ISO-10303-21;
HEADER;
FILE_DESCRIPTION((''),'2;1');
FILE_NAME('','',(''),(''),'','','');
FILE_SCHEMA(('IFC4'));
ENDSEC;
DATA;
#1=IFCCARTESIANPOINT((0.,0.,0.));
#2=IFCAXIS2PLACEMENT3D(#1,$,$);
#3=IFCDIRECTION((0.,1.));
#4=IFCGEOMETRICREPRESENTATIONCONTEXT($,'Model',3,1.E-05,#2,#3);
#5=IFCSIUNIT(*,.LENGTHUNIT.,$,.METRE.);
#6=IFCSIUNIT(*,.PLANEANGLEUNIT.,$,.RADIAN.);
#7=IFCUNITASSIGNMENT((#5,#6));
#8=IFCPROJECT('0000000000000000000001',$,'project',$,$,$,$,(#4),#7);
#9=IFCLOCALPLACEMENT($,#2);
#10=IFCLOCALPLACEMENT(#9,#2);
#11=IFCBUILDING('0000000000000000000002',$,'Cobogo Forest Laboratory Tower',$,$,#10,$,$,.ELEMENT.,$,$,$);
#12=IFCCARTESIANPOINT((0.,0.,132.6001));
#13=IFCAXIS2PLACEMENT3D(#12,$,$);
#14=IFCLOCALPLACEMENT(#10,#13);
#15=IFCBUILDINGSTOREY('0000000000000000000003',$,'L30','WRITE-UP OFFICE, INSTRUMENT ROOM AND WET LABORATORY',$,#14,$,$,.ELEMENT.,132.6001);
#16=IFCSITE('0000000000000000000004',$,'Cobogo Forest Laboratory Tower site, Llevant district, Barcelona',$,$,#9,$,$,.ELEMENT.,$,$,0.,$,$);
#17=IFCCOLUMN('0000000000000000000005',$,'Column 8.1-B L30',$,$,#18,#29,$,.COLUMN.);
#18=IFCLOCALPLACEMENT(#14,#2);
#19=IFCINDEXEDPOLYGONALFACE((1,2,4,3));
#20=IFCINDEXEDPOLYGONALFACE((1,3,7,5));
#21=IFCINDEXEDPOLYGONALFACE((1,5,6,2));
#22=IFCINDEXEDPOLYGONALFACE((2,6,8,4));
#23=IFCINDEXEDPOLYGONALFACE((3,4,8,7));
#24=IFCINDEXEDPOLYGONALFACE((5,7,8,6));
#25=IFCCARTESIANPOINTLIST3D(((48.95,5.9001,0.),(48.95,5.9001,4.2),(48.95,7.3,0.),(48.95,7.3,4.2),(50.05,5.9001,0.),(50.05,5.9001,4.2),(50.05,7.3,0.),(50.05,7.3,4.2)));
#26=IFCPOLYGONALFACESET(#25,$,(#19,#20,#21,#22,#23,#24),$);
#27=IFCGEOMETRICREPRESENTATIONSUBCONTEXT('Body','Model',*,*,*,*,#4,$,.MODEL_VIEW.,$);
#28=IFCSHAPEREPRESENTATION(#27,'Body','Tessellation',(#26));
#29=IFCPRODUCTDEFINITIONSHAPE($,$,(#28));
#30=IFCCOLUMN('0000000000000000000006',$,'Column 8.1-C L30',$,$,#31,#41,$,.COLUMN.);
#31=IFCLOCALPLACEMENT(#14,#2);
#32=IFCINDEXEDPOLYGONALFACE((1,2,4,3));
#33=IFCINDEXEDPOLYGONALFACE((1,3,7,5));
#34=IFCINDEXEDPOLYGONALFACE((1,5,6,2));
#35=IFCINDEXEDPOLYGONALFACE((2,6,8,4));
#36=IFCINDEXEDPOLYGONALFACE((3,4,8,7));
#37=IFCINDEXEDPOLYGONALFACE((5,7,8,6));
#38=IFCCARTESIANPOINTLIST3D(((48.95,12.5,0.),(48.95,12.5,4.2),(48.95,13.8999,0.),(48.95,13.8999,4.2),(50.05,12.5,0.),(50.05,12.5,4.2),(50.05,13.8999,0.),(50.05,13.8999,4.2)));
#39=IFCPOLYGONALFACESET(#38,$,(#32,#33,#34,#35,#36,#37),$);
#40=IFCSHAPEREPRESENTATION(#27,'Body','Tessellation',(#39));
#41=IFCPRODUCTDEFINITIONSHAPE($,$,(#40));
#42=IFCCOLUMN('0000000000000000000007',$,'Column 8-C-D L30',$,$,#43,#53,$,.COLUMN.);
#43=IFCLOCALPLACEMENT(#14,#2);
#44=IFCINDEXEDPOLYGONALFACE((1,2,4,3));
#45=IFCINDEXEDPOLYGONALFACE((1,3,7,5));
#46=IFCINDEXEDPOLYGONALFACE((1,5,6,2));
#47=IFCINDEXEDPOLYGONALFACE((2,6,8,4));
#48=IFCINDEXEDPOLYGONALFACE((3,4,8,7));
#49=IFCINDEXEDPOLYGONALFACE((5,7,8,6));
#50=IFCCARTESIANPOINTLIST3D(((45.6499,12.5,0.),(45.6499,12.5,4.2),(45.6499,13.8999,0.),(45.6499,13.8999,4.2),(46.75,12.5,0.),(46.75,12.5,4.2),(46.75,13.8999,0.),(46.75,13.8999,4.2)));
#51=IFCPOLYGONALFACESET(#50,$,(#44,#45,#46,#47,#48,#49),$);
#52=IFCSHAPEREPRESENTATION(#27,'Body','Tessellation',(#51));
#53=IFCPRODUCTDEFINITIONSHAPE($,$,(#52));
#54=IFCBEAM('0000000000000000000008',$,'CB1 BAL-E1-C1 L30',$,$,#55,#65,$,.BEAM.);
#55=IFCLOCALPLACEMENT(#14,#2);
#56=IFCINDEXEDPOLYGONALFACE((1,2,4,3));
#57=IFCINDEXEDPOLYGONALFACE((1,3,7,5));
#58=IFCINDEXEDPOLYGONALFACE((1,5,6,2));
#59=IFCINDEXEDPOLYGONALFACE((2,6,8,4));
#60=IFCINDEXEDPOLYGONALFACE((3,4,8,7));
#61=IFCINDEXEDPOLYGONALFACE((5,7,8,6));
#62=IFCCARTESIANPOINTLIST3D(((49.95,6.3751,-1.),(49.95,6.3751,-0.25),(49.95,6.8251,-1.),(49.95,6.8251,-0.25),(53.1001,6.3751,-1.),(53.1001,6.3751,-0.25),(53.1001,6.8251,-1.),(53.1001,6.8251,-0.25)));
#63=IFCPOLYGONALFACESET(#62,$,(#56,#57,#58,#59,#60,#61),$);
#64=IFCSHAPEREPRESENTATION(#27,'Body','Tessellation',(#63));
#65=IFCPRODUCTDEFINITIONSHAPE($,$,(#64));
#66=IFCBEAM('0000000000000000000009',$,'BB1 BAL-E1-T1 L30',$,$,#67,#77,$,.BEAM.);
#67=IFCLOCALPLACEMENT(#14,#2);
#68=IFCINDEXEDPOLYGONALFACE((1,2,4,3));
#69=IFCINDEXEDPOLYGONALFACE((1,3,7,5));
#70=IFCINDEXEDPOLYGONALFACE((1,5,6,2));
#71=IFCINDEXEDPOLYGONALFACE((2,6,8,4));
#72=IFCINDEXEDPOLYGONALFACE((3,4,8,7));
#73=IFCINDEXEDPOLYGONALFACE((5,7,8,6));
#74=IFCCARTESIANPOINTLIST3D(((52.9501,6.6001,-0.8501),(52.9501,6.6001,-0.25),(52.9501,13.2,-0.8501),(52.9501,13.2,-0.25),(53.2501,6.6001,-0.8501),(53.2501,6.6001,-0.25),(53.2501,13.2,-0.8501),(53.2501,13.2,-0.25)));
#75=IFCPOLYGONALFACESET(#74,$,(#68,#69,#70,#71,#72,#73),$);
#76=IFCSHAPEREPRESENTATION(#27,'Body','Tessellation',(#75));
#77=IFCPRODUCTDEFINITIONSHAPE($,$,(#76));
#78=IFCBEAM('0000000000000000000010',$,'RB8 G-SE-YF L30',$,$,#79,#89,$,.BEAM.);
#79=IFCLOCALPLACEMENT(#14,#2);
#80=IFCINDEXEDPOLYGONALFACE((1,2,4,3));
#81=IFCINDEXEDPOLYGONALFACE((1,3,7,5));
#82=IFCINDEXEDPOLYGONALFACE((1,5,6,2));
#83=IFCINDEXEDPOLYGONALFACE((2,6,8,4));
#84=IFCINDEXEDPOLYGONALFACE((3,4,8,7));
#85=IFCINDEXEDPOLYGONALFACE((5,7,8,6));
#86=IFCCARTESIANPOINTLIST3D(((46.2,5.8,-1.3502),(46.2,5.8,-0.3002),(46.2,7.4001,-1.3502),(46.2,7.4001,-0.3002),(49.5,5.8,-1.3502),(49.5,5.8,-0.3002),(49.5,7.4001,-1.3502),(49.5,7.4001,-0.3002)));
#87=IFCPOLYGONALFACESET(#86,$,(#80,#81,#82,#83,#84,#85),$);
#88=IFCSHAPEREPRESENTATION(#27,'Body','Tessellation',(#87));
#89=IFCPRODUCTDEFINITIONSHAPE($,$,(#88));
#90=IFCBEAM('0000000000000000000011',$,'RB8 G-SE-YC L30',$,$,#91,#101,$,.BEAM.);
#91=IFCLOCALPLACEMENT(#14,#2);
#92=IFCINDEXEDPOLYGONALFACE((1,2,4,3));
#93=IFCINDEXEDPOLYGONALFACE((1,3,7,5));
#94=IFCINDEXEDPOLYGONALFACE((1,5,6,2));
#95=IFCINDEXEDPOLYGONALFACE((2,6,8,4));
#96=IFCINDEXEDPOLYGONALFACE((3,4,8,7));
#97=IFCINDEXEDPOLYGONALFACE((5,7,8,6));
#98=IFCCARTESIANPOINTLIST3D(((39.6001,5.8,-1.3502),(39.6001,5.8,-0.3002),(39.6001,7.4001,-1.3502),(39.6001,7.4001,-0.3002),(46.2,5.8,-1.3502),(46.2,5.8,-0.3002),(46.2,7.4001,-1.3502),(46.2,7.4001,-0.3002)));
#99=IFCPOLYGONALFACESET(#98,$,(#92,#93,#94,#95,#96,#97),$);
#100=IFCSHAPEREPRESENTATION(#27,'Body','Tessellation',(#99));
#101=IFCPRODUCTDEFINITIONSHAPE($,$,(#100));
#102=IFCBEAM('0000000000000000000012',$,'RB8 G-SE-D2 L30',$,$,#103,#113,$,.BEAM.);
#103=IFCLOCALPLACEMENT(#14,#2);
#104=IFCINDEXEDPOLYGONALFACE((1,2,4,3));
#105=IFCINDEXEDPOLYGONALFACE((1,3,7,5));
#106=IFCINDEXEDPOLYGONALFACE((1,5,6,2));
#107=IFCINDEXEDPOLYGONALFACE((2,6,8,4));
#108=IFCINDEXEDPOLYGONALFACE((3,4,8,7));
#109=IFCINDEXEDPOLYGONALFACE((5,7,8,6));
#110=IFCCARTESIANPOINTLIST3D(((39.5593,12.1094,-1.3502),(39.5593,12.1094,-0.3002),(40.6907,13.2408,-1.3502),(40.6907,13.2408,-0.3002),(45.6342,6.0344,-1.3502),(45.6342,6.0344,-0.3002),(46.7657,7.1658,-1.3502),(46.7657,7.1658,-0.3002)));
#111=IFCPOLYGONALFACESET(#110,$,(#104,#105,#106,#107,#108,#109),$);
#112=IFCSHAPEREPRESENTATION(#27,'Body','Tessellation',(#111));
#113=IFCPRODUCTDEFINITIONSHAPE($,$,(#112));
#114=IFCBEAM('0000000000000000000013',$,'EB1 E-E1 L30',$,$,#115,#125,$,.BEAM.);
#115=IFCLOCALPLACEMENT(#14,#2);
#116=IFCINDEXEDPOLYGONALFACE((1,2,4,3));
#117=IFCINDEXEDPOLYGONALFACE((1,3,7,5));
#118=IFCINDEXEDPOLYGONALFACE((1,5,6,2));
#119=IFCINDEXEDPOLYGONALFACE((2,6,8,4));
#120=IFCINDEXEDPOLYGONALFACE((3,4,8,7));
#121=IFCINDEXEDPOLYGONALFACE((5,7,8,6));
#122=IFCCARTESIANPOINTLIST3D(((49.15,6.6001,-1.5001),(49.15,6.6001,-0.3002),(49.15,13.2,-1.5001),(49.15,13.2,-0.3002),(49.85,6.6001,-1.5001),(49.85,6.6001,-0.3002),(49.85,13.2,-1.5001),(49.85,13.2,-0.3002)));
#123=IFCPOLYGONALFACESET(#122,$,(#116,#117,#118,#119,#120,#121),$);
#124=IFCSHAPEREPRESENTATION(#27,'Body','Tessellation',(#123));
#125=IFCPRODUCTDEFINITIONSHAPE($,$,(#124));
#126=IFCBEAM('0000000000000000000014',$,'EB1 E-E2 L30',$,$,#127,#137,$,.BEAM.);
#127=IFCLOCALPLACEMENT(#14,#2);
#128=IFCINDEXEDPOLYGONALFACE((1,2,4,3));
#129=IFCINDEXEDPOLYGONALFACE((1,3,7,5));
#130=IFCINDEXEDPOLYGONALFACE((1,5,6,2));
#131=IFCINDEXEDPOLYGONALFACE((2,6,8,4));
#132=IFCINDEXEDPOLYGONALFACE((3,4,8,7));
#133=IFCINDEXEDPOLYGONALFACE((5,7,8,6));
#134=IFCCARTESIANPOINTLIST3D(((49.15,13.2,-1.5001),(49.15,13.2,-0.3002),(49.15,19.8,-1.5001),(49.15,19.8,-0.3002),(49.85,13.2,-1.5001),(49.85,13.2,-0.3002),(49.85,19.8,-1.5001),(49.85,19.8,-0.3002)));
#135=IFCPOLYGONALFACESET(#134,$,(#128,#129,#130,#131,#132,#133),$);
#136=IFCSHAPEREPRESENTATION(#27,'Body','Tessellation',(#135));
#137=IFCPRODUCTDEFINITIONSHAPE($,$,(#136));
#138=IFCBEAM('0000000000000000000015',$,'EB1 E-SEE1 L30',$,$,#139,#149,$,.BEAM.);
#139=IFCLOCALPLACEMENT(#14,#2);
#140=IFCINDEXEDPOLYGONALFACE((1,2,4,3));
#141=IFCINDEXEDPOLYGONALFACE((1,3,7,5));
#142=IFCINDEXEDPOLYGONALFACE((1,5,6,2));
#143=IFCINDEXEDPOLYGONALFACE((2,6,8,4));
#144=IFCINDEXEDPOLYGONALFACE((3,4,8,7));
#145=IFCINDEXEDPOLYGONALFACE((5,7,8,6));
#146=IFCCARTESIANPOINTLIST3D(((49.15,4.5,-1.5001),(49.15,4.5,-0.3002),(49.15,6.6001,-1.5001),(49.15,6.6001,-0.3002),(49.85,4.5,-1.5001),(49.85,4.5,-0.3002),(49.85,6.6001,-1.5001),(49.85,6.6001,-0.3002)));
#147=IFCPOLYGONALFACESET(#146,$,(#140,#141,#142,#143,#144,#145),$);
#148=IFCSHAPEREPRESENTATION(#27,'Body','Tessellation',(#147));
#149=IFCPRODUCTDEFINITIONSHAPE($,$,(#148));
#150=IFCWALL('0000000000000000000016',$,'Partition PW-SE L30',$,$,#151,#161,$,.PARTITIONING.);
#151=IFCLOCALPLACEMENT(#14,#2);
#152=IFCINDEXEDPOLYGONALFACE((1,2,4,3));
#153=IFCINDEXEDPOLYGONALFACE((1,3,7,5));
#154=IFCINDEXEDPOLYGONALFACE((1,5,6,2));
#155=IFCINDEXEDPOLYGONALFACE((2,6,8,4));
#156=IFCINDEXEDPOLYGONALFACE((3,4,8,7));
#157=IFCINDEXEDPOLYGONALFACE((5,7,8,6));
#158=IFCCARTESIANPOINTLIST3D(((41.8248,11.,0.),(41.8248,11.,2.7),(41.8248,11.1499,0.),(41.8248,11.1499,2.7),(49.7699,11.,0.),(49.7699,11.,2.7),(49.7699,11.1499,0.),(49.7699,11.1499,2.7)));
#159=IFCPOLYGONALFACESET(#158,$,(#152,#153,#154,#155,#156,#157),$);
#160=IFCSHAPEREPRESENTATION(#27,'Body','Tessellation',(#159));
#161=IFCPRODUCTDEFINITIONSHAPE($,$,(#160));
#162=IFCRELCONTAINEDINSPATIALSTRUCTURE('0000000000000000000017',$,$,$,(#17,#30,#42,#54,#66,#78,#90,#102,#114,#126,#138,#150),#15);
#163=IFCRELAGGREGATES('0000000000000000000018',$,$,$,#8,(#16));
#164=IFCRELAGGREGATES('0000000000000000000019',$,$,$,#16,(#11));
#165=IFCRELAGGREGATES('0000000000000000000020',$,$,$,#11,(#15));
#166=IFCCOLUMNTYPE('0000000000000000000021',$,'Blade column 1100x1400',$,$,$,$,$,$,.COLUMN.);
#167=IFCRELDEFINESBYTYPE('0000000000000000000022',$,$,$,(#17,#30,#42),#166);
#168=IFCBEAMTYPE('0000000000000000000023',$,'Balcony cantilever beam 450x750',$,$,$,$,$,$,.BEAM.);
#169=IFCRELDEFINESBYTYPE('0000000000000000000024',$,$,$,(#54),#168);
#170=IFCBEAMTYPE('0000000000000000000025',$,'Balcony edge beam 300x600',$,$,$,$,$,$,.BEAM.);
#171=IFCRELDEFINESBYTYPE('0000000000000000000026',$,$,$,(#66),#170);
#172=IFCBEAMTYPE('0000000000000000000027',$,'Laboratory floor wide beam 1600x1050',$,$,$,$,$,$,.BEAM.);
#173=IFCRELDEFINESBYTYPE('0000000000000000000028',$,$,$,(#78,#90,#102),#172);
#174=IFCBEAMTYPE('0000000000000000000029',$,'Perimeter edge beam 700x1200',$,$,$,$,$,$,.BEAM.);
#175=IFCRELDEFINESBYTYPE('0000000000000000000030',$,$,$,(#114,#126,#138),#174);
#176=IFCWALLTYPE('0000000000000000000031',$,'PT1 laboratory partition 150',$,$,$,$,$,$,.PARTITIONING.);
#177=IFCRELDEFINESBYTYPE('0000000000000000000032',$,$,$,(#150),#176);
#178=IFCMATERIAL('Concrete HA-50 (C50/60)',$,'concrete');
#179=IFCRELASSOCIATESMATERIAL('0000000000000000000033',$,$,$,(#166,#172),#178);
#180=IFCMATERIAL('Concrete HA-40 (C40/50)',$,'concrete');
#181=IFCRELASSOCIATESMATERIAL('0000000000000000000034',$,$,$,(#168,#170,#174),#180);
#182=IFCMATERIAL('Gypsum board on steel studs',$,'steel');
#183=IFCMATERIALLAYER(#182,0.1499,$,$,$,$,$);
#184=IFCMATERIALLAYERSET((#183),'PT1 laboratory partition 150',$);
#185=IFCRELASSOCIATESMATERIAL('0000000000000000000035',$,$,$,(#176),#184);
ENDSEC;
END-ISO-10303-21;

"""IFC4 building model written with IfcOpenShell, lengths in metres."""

from ifc_helpers import new_model, si_unit, direction, frame, frame_2d, origin, origin_2d, place, context, subcontext, project, spatial, rectangle, extrude, material, layer, layer_set, material_profile, profile_set, type_object, element, save


model = new_model("IFC4")

# Units and contexts
model_context = context("Model", 3, precision=1e-05, world=origin(), true_north=direction((0.0, 1.0)))
body_context = subcontext(model_context, "Body", "Model", "MODEL_VIEW")
ifc_project = project(units=[si_unit("LENGTHUNIT", "METRE"), si_unit("PLANEANGLEUNIT", "RADIAN")], contexts=[model_context])

# Site, building, storey
site_placement = place(None, origin())
site = spatial("IfcSite", under=ifc_project, at=site_placement, Name="Cobogo Forest Laboratory Tower site, Llevant district, Barcelona", CompositionType="ELEMENT", RefElevation=0.0)
building_placement = place(site_placement, origin())
building = spatial("IfcBuilding", under=site, at=building_placement, Name="Cobogo Forest Laboratory Tower", CompositionType="ELEMENT")
storey_placement = place(building_placement, frame((0.0, 0.0, 132.6001)))
storey = spatial("IfcBuildingStorey", under=building, at=storey_placement, Name="L30", Description="WRITE-UP OFFICE, INSTRUMENT ROOM AND WET LABORATORY", CompositionType="ELEMENT", Elevation=132.6001)

# Columns
ifc_material_1 = material(Name="Concrete HA-50 (C50/60)", Category="concrete")
ifc_material_profile_1 = material_profile(ifc_material_1, rectangle(XDim=1.3999, YDim=1.1001, at=origin_2d()), Name="RC 1100x1400")
ifc_profile_set_1 = profile_set([ifc_material_profile_1], Name="Concrete HA-50 (C50/60)")
column_type = type_object("IfcColumnType", Name="Blade column 1100x1400", PredefinedType="COLUMN", material=ifc_profile_set_1)
for number, where, z_axis, x_axis, name in (
    (1, (49.5, 6.6001, 0.0), (0.0, 0.0, 1.0), (0.0, 1.0, 0.0), "Column 8.1-B L30"),
    (2, (49.5, 13.2, 0.0), (0.0, 0.0, 1.0), (0.0, 1.0, 0.0), "Column 8.1-C L30"),
    (3, (46.2, 13.2, 0.0), (0.0, 0.0, 1.0), (0.0, 1.0, 0.0), "Column 8-C-D L30"),
):
    element("IfcColumn", number, at=place(storey_placement, frame(where, z_axis=z_axis, x_axis=x_axis)), inside=storey, type_object=column_type, Name=name, PredefinedType="COLUMN", context=body_context, shape_type="SweptSolid", body=[
        extrude(rectangle(XDim=1.3999, YDim=1.1001, at=origin_2d()), origin(), (0.0, 0.0, 1.0), 4.2),
    ])

# Beams
ifc_material_2 = material(Name="Concrete HA-40 (C40/50)", Category="concrete")
ifc_material_profile_2 = material_profile(ifc_material_2, rectangle(XDim=0.45, YDim=0.75, at=origin_2d()), Name="RC 450x750")
ifc_profile_set_2 = profile_set([ifc_material_profile_2], Name="Concrete HA-40 (C40/50)")
beam_type_1 = type_object("IfcBeamType", Name="Balcony cantilever beam 450x750", PredefinedType="BEAM", material=ifc_profile_set_2)
beam_1_placement = place(storey_placement, frame((49.95, 6.6001, -0.625), z_axis=(1.0, 0.0, 0.0), x_axis=(0.0, 1.0, 0.0)))
element("IfcBeam", 4, at=beam_1_placement, inside=storey, type_object=beam_type_1, Name="CB1 BAL-E1-C1 L30", PredefinedType="BEAM", context=body_context, shape_type="SweptSolid", body=[
    extrude(rectangle(XDim=0.45, YDim=0.75, at=origin_2d()), origin(), (0.0, 0.0, 1.0), 3.1501),
])
ifc_material_profile_3 = material_profile(ifc_material_2, rectangle(XDim=0.3, YDim=0.6001, at=origin_2d()), Name="RC 300x600")
ifc_profile_set_3 = profile_set([ifc_material_profile_3], Name="Concrete HA-40 (C40/50)")
beam_type_2 = type_object("IfcBeamType", Name="Balcony edge beam 300x600", PredefinedType="BEAM", material=ifc_profile_set_3)
beam_2_placement = place(storey_placement, frame((53.1001, 6.6001, -0.55), z_axis=(0.0, 1.0, 0.0), x_axis=(-1.0, 0.0, 0.0)))
element("IfcBeam", 5, at=beam_2_placement, inside=storey, type_object=beam_type_2, Name="BB1 BAL-E1-T1 L30", PredefinedType="BEAM", context=body_context, shape_type="SweptSolid", body=[
    extrude(rectangle(XDim=0.3, YDim=0.6001, at=origin_2d()), origin(), (0.0, 0.0, 1.0), 6.5999),
])
ifc_material_profile_4 = material_profile(ifc_material_1, rectangle(XDim=1.6001, YDim=1.05, at=origin_2d()), Name="RC 1600x1050")
ifc_profile_set_4 = profile_set([ifc_material_profile_4], Name="Concrete HA-50 (C50/60)")
beam_type_3 = type_object("IfcBeamType", Name="Laboratory floor wide beam 1600x1050", PredefinedType="BEAM", material=ifc_profile_set_4)
beam_3_placement = place(storey_placement, frame((49.5, 6.6001, -0.8252), z_axis=(-1.0, 0.0, 0.0), x_axis=(0.0, -1.0, 0.0)))
element("IfcBeam", 6, at=beam_3_placement, inside=storey, type_object=beam_type_3, Name="RB8 G-SE-YF L30", PredefinedType="BEAM", context=body_context, shape_type="SweptSolid", body=[
    extrude(rectangle(XDim=1.6001, YDim=1.05, at=origin_2d()), origin(), (0.0, 0.0, 1.0), 3.3),
])
beam_4_placement = place(storey_placement, frame((46.2, 6.6001, -0.8252), z_axis=(-1.0, 0.0, 0.0), x_axis=(0.0, -1.0, 0.0)))
element("IfcBeam", 7, at=beam_4_placement, inside=storey, type_object=beam_type_3, Name="RB8 G-SE-YC L30", PredefinedType="BEAM", context=body_context, shape_type="SweptSolid", body=[
    extrude(rectangle(XDim=1.6001, YDim=1.05, at=origin_2d()), origin(), (0.0, 0.0, 1.0), 6.5999),
])
beam_5_placement = place(storey_placement, frame((46.2, 6.6001, -0.8252), z_axis=(-0.707107, 0.707107, 0.0), x_axis=(-0.707107, -0.707107, 0.0)))
element("IfcBeam", 8, at=beam_5_placement, inside=storey, type_object=beam_type_3, Name="RB8 G-SE-D2 L30", PredefinedType="BEAM", context=body_context, shape_type="SweptSolid", body=[
    extrude(rectangle(XDim=1.6001, YDim=1.05, at=origin_2d()), origin(), (0.0, 0.0, 1.0), 8.5913),
])
ifc_material_profile_5 = material_profile(ifc_material_2, rectangle(XDim=0.7, YDim=1.2, at=origin_2d()), Name="RC 700x1200")
ifc_profile_set_5 = profile_set([ifc_material_profile_5], Name="Concrete HA-40 (C40/50)")
beam_type_4 = type_object("IfcBeamType", Name="Perimeter edge beam 700x1200", PredefinedType="BEAM", material=ifc_profile_set_5)
beam_6_placement = place(storey_placement, frame((49.5, 6.6001, -0.9001), z_axis=(0.0, 1.0, 0.0), x_axis=(-1.0, 0.0, 0.0)))
element("IfcBeam", 9, at=beam_6_placement, inside=storey, type_object=beam_type_4, Name="EB1 E-E1 L30", PredefinedType="BEAM", context=body_context, shape_type="SweptSolid", body=[
    extrude(rectangle(XDim=0.7, YDim=1.2, at=origin_2d()), origin(), (0.0, 0.0, 1.0), 6.5999),
])
beam_7_placement = place(storey_placement, frame((49.5, 13.2, -0.9001), z_axis=(0.0, 1.0, 0.0), x_axis=(-1.0, 0.0, 0.0)))
element("IfcBeam", 10, at=beam_7_placement, inside=storey, type_object=beam_type_4, Name="EB1 E-E2 L30", PredefinedType="BEAM", context=body_context, shape_type="SweptSolid", body=[
    extrude(rectangle(XDim=0.7, YDim=1.2, at=origin_2d()), origin(), (0.0, 0.0, 1.0), 6.6001),
])
beam_8_placement = place(storey_placement, frame((49.5, 6.6001, -0.9001), z_axis=(0.0, -1.0, 0.0), x_axis=(1.0, 0.0, 0.0)))
element("IfcBeam", 11, at=beam_8_placement, inside=storey, type_object=beam_type_4, Name="EB1 E-SEE1 L30", PredefinedType="BEAM", context=body_context, shape_type="SweptSolid", body=[
    extrude(rectangle(XDim=0.7, YDim=1.2, at=origin_2d()), origin(), (0.0, 0.0, 1.0), 2.1001),
])

# Wall
ifc_material_3 = material(Name="Gypsum board on steel studs", Category="steel")
ifc_layer_1 = layer(ifc_material_3, 0.1499)
ifc_layer_set_1 = layer_set([ifc_layer_1], Name="PT1 laboratory partition 150")
wall_type_1 = type_object("IfcWallType", Name="PT1 laboratory partition 150", PredefinedType="PARTITIONING", material=ifc_layer_set_1)
wall_1_placement = place(storey_placement, frame((49.77, 11.075, 0.0), z_axis=(0.0, 0.0, 1.0), x_axis=(-1.0, 0.0, 0.0)))
element("IfcWall", 12, at=wall_1_placement, inside=storey, type_object=wall_type_1, Name="Partition PW-SE L30", PredefinedType="PARTITIONING", context=body_context, shape_type="SweptSolid", body=[
    extrude(rectangle(XDim=7.9451, YDim=0.1499, at=frame_2d((3.9727, 0.0))), origin(), (0.0, 0.0, 1.0), 2.7),
])

save(model, "model.ifc")
